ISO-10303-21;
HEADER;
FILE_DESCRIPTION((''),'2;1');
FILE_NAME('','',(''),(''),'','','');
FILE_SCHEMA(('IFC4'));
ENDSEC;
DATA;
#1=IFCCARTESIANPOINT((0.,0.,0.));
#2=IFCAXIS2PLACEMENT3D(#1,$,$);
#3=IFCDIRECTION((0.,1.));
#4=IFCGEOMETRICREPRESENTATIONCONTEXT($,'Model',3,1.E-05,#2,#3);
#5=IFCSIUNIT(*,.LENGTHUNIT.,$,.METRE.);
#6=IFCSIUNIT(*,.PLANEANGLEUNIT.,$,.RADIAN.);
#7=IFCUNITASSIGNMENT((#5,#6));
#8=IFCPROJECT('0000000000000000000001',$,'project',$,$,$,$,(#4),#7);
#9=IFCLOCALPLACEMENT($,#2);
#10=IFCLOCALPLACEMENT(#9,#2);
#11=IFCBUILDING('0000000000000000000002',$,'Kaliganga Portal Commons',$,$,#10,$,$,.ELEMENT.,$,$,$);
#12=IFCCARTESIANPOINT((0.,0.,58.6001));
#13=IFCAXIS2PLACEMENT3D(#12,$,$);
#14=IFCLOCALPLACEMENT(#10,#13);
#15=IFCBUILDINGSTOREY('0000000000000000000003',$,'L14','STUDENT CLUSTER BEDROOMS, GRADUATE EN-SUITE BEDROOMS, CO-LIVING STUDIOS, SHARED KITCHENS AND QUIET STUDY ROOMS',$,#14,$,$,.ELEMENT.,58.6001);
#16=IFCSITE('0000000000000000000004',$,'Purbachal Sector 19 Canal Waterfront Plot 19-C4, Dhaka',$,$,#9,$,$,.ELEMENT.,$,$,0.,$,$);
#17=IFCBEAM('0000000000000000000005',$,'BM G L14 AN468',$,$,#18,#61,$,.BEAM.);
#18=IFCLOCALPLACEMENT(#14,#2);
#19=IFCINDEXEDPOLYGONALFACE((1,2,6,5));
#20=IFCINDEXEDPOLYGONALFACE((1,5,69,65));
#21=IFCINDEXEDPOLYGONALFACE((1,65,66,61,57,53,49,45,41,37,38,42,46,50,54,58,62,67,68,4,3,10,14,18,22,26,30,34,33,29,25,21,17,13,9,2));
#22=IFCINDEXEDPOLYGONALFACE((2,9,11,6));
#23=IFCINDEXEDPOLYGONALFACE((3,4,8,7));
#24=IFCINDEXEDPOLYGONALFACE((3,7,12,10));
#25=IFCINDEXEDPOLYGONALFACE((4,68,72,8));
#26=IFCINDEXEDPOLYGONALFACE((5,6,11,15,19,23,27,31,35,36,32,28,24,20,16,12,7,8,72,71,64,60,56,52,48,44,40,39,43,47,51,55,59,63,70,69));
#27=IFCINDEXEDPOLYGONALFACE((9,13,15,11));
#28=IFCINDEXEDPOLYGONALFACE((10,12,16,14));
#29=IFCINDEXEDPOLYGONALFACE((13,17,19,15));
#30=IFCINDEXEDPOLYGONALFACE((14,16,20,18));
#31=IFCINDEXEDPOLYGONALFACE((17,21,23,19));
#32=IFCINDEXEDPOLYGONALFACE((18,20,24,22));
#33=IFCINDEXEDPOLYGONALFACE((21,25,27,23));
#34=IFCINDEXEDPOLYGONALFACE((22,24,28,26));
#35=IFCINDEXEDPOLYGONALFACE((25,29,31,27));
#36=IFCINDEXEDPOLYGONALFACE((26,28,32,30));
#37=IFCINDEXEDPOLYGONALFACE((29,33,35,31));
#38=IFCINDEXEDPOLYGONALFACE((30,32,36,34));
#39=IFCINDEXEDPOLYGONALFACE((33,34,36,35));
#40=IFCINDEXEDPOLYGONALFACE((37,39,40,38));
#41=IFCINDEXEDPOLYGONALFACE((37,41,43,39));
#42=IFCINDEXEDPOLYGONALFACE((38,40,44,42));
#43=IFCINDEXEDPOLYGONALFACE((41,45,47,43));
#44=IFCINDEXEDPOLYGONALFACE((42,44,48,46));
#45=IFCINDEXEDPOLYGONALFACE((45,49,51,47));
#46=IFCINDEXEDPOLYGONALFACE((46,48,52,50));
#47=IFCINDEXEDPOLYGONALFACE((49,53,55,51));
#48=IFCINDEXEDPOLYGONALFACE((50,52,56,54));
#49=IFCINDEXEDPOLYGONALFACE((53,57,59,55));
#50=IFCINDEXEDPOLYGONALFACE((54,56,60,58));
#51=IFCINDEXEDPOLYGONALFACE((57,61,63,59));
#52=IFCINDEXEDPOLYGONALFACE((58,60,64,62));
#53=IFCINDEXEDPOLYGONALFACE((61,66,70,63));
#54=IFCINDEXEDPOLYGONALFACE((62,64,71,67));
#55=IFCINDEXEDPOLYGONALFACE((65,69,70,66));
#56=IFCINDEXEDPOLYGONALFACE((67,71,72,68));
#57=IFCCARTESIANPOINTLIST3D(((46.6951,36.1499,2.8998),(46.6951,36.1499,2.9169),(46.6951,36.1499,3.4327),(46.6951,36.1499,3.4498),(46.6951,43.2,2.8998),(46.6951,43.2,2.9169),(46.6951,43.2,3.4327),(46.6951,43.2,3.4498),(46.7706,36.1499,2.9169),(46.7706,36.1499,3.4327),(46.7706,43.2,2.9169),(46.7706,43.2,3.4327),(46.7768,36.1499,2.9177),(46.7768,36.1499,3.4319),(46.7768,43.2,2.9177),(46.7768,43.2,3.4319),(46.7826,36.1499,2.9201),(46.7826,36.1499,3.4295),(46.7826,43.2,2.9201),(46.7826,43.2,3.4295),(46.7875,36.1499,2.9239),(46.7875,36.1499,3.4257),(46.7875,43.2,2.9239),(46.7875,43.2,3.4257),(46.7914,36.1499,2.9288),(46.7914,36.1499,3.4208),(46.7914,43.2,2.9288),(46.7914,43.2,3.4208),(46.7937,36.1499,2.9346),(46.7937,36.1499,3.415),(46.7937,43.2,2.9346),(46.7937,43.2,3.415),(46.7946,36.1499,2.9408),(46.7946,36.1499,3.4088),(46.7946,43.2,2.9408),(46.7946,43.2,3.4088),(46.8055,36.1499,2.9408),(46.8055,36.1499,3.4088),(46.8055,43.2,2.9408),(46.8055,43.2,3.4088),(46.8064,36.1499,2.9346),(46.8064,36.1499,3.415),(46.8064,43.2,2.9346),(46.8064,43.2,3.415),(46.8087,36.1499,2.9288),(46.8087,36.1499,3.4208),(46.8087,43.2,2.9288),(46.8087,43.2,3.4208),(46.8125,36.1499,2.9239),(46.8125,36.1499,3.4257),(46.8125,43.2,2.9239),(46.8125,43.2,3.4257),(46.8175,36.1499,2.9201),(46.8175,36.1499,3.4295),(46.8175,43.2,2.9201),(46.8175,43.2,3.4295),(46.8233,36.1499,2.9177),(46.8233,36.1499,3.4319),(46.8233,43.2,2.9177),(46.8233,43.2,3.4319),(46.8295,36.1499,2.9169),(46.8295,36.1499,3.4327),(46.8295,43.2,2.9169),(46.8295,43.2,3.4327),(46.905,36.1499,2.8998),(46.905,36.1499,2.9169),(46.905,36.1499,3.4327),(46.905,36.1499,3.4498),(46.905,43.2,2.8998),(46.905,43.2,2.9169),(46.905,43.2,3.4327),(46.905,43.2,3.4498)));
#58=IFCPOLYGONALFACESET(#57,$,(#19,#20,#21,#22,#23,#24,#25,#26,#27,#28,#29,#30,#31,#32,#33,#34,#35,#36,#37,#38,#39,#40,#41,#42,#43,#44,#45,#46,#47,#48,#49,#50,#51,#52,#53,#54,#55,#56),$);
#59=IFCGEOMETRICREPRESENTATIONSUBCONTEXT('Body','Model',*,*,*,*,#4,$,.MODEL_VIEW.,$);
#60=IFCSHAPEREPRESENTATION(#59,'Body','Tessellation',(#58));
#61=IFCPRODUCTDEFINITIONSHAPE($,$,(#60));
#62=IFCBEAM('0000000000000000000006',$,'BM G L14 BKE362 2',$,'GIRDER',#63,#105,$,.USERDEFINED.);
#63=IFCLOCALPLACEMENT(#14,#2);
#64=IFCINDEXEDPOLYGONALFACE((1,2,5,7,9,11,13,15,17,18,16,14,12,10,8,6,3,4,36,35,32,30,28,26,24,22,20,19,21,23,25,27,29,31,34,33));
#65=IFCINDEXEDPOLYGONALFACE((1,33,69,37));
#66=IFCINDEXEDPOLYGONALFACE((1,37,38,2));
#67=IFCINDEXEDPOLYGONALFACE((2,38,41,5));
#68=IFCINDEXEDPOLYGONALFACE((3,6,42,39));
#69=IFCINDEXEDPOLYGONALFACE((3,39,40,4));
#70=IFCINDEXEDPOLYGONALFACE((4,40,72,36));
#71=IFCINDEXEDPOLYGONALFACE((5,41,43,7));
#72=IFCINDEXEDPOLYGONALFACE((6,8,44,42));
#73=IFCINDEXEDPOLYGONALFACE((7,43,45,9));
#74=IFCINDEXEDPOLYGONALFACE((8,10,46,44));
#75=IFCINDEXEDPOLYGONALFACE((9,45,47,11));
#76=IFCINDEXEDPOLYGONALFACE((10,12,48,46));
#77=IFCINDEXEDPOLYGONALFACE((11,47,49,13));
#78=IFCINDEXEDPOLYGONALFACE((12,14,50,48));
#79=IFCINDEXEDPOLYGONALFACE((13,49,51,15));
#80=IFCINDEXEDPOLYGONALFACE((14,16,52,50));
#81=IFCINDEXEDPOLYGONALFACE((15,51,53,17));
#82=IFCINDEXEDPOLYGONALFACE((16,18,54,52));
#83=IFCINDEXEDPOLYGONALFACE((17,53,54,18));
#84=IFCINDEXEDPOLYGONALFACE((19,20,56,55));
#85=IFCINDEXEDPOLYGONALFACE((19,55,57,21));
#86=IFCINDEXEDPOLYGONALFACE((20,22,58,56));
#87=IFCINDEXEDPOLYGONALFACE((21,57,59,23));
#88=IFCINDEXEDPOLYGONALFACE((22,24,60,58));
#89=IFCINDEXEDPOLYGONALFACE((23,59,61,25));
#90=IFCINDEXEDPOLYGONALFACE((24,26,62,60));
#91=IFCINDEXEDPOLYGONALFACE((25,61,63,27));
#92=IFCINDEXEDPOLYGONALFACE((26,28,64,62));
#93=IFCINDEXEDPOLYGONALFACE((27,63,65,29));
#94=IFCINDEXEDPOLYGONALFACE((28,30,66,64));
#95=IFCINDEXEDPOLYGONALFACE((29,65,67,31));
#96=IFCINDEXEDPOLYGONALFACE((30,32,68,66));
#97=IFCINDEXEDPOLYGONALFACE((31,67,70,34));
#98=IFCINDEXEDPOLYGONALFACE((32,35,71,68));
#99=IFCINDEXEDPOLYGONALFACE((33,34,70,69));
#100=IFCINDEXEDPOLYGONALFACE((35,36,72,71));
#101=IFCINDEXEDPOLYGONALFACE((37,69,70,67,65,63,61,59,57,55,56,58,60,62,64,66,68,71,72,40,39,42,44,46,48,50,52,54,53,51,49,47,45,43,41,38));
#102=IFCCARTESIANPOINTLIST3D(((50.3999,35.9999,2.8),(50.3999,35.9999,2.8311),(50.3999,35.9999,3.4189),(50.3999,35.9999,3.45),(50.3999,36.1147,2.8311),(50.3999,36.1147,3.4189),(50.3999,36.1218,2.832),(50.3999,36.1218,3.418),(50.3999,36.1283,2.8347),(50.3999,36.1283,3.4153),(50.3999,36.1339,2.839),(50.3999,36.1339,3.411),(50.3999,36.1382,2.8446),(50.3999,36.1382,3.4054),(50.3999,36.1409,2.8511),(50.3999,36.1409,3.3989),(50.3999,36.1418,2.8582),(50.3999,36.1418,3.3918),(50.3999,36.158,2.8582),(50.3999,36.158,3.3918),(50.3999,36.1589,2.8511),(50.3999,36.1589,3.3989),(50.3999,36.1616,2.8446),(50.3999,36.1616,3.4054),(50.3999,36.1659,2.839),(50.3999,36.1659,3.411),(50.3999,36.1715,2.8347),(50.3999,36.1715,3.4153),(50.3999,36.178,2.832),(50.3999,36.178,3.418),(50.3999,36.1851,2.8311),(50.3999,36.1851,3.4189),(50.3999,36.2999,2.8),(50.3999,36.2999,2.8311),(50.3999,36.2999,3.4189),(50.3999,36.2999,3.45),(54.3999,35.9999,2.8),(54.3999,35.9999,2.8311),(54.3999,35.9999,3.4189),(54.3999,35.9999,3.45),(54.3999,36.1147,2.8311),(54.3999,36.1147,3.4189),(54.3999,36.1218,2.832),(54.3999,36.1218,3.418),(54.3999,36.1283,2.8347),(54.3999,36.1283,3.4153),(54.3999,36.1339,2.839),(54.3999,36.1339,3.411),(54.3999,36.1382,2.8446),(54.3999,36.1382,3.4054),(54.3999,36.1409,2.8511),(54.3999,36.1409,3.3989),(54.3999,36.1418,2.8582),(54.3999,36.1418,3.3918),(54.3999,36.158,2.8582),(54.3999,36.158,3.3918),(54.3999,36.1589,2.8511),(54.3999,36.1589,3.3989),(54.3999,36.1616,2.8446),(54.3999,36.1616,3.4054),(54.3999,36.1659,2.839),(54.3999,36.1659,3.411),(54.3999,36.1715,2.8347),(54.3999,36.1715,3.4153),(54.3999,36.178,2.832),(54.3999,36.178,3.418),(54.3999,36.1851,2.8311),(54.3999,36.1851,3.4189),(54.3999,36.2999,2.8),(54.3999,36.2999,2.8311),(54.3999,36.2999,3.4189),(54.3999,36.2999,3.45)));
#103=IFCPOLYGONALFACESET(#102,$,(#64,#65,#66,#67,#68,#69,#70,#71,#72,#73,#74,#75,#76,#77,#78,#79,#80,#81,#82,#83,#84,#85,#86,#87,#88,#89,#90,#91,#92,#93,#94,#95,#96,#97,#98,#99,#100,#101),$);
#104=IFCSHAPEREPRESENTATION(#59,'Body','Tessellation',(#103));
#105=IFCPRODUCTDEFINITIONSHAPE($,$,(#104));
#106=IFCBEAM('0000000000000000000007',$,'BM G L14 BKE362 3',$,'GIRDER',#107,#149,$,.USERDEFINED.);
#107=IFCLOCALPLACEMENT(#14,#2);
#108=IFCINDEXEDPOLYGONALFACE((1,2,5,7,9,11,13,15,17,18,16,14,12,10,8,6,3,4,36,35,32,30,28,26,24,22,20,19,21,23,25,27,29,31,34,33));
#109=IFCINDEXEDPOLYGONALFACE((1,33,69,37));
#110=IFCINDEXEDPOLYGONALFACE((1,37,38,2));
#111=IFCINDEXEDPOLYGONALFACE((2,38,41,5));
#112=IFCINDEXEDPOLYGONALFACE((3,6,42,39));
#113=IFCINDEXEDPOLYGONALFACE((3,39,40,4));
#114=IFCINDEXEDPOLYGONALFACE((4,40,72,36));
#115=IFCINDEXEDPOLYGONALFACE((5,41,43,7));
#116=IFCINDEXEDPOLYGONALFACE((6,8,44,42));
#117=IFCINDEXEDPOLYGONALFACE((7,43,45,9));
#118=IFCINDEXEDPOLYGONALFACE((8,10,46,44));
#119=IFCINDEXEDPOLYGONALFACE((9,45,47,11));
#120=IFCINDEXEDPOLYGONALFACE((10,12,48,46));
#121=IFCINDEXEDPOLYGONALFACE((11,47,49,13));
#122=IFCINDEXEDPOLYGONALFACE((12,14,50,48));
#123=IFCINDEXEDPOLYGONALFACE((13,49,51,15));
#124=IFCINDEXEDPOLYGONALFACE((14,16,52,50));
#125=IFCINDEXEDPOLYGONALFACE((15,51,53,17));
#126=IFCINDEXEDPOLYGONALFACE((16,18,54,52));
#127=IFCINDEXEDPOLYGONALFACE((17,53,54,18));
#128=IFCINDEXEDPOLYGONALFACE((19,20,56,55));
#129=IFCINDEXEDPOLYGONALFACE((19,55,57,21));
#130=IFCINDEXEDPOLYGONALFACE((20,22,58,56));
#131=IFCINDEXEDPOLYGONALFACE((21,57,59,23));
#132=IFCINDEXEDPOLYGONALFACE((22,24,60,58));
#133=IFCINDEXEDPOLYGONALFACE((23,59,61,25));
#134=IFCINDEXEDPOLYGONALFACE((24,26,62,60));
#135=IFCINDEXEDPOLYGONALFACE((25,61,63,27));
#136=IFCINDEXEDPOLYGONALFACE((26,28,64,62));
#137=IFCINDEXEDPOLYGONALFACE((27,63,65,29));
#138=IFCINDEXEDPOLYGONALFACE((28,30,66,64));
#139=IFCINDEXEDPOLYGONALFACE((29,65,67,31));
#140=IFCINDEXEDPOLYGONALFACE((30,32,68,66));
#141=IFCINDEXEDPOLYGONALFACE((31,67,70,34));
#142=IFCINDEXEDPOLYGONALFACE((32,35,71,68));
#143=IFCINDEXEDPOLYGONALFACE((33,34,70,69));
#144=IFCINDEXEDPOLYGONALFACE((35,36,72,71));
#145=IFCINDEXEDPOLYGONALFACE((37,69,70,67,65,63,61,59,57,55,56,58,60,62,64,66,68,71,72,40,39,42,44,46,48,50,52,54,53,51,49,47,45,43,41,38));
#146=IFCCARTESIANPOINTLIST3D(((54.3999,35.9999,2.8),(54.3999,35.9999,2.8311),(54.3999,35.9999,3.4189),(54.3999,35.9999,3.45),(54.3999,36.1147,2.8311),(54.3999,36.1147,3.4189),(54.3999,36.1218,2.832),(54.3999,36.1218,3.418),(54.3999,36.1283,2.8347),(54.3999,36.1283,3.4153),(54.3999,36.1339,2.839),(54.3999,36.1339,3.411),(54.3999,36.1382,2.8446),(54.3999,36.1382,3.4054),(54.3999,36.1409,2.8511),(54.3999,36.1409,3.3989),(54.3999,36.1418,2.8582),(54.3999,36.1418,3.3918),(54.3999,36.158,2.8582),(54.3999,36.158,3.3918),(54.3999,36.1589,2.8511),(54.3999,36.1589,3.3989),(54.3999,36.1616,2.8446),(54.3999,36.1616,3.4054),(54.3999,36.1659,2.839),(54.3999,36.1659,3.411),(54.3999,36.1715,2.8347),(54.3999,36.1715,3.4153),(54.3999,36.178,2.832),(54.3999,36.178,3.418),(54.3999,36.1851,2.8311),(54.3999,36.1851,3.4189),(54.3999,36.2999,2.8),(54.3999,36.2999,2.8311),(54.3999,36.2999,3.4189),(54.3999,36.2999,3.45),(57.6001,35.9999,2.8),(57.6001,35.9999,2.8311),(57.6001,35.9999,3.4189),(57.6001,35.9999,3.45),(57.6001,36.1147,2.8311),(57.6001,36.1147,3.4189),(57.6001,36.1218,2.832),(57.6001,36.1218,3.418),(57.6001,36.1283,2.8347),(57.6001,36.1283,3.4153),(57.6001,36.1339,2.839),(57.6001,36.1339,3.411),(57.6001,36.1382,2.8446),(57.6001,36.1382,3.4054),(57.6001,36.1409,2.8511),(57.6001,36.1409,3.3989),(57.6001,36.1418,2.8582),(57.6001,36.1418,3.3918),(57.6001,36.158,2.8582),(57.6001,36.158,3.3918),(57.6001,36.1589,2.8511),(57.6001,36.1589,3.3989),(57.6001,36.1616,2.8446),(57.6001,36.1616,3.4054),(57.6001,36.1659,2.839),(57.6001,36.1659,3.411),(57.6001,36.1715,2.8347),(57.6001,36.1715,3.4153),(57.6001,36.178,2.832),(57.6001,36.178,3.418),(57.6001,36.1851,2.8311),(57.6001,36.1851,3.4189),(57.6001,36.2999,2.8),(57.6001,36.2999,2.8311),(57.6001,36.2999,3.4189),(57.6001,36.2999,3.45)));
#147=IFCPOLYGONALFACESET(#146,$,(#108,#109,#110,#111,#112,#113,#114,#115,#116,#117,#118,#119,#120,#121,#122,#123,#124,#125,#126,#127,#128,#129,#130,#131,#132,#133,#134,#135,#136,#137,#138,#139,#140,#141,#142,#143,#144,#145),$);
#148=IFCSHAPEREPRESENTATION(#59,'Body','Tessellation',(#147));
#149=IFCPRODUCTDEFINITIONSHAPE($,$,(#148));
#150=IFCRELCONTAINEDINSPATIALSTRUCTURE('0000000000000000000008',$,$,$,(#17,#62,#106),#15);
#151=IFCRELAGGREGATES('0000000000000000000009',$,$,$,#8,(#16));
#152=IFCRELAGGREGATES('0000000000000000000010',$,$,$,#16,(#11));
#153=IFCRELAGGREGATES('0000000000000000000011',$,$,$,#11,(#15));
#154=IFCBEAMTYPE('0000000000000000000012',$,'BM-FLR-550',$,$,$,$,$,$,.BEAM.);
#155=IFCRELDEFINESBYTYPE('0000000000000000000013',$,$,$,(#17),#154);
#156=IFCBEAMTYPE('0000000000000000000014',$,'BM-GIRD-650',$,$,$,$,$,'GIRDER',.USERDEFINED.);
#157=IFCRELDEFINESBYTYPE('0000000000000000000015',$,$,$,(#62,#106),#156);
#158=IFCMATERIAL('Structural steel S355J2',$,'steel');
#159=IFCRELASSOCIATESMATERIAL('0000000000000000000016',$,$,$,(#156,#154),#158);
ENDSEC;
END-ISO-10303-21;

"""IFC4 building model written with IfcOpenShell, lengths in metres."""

from ifc_helpers import new_model, si_unit, direction, frame, origin, origin_2d, place, context, subcontext, project, spatial, i_section, extrude, source, transform, mapped, material, material_profile, profile_set, type_object, element, save


model = new_model("IFC4")

# Units and contexts
model_context = context("Model", 3, precision=1e-05, world=origin(), true_north=direction((0.0, 1.0)))
body_context = subcontext(model_context, "Body", "Model", "MODEL_VIEW")
ifc_project = project(units=[si_unit("LENGTHUNIT", "METRE"), si_unit("PLANEANGLEUNIT", "RADIAN")], contexts=[model_context])

# Site, building, storey
site_placement = place(None, origin())
site = spatial("IfcSite", under=ifc_project, at=site_placement, Name="Purbachal Sector 19 Canal Waterfront Plot 19-C4, Dhaka", CompositionType="ELEMENT", RefElevation=0.0)
building_placement = place(site_placement, origin())
building = spatial("IfcBuilding", under=site, at=building_placement, Name="Kaliganga Portal Commons", CompositionType="ELEMENT")
storey_placement = place(building_placement, frame((0.0, 0.0, 58.6001)))
storey = spatial("IfcBuildingStorey", under=building, at=storey_placement, Name="L14", Description="STUDENT CLUSTER BEDROOMS, GRADUATE EN-SUITE BEDROOMS, CO-LIVING STUDIOS, SHARED KITCHENS AND QUIET STUDY ROOMS", CompositionType="ELEMENT", Elevation=58.6001)

# Beams
ifc_material_1 = material(Name="Structural steel S355J2", Category="steel")
ifc_material_profile_1 = material_profile(ifc_material_1, i_section(OverallWidth=0.3, OverallDepth=0.6499, WebThickness=0.0161, FlangeThickness=0.031, FilletRadius=0.0271, at=origin_2d()), Name="HE 650 B")
ifc_profile_set_1 = profile_set([ifc_material_profile_1], Name="Structural steel S355J2 wide-flange")
beam_type_1 = type_object("IfcBeamType", Name="BM-GIRD-650", ElementType="GIRDER", PredefinedType="USERDEFINED", material=ifc_profile_set_1)
ifc_material_profile_2 = material_profile(ifc_material_1, i_section(OverallWidth=0.21, OverallDepth=0.55, WebThickness=0.011, FlangeThickness=0.0171, FilletRadius=0.0239, at=origin_2d()), Name="IPE 550")
ifc_profile_set_2 = profile_set([ifc_material_profile_2], Name="Structural steel S355J2 wide-flange")
beam_type_2 = type_object("IfcBeamType", Name="BM-FLR-550", PredefinedType="BEAM", material=ifc_profile_set_2)
shared_shape_1 = source(origin(), body_context, "Body", "SweptSolid", [
    extrude(i_section(OverallWidth=0.21, OverallDepth=0.55, WebThickness=0.011, FlangeThickness=0.0171, FilletRadius=0.0239, at=origin_2d()), origin(), (0.0, 0.0, 1.0), 7.05),
])
beam_1_placement = place(storey_placement, frame((46.8, 36.1499, 3.1748), z_axis=(0.0, 1.0, 0.0), x_axis=(-1.0, 0.0, 0.0)))
element("IfcBeam", 1, at=beam_1_placement, inside=storey, type_object=beam_type_2, Name="BM G L14 AN468", PredefinedType="BEAM", context=body_context, shape_type="MappedRepresentation", body=[
    mapped(shared_shape_1, transform((0.0, 0.0, 0.0), x_axis=(1.0, 0.0, 0.0), y_axis=(0.0, 1.0, 0.0), z_axis=(0.0, 0.0, 1.0), scale=1.0)),
])
shared_shape_2 = source(origin(), body_context, "Body", "SweptSolid", [
    extrude(i_section(OverallWidth=0.3, OverallDepth=0.6499, WebThickness=0.0161, FlangeThickness=0.031, FilletRadius=0.0271, at=origin_2d()), origin(), (0.0, 0.0, 1.0), 4.0),
])
beam_2_placement = place(storey_placement, frame((50.3999, 36.1499, 3.125), z_axis=(1.0, 0.0, 0.0), x_axis=(0.0, 1.0, 0.0)))
element("IfcBeam", 2, at=beam_2_placement, inside=storey, type_object=beam_type_1, Name="BM G L14 BKE362 2", ObjectType="GIRDER", PredefinedType="USERDEFINED", context=body_context, shape_type="MappedRepresentation", body=[
    mapped(shared_shape_2, transform((0.0, 0.0, 0.0), x_axis=(1.0, 0.0, 0.0), y_axis=(0.0, 1.0, 0.0), z_axis=(0.0, 0.0, 1.0), scale=1.0)),
])
shared_shape_3 = source(origin(), body_context, "Body", "SweptSolid", [
    extrude(i_section(OverallWidth=0.3, OverallDepth=0.6499, WebThickness=0.0161, FlangeThickness=0.031, FilletRadius=0.0271, at=origin_2d()), origin(), (0.0, 0.0, 1.0), 3.2002),
])
beam_3_placement = place(storey_placement, frame((54.3999, 36.1499, 3.125), z_axis=(1.0, 0.0, 0.0), x_axis=(0.0, 1.0, 0.0)))
element("IfcBeam", 3, at=beam_3_placement, inside=storey, type_object=beam_type_1, Name="BM G L14 BKE362 3", ObjectType="GIRDER", PredefinedType="USERDEFINED", context=body_context, shape_type="MappedRepresentation", body=[
    mapped(shared_shape_3, transform((0.0, 0.0, 0.0), x_axis=(1.0, 0.0, 0.0), y_axis=(0.0, 1.0, 0.0), z_axis=(0.0, 0.0, 1.0), scale=1.0)),
])

save(model, "model.ifc")
